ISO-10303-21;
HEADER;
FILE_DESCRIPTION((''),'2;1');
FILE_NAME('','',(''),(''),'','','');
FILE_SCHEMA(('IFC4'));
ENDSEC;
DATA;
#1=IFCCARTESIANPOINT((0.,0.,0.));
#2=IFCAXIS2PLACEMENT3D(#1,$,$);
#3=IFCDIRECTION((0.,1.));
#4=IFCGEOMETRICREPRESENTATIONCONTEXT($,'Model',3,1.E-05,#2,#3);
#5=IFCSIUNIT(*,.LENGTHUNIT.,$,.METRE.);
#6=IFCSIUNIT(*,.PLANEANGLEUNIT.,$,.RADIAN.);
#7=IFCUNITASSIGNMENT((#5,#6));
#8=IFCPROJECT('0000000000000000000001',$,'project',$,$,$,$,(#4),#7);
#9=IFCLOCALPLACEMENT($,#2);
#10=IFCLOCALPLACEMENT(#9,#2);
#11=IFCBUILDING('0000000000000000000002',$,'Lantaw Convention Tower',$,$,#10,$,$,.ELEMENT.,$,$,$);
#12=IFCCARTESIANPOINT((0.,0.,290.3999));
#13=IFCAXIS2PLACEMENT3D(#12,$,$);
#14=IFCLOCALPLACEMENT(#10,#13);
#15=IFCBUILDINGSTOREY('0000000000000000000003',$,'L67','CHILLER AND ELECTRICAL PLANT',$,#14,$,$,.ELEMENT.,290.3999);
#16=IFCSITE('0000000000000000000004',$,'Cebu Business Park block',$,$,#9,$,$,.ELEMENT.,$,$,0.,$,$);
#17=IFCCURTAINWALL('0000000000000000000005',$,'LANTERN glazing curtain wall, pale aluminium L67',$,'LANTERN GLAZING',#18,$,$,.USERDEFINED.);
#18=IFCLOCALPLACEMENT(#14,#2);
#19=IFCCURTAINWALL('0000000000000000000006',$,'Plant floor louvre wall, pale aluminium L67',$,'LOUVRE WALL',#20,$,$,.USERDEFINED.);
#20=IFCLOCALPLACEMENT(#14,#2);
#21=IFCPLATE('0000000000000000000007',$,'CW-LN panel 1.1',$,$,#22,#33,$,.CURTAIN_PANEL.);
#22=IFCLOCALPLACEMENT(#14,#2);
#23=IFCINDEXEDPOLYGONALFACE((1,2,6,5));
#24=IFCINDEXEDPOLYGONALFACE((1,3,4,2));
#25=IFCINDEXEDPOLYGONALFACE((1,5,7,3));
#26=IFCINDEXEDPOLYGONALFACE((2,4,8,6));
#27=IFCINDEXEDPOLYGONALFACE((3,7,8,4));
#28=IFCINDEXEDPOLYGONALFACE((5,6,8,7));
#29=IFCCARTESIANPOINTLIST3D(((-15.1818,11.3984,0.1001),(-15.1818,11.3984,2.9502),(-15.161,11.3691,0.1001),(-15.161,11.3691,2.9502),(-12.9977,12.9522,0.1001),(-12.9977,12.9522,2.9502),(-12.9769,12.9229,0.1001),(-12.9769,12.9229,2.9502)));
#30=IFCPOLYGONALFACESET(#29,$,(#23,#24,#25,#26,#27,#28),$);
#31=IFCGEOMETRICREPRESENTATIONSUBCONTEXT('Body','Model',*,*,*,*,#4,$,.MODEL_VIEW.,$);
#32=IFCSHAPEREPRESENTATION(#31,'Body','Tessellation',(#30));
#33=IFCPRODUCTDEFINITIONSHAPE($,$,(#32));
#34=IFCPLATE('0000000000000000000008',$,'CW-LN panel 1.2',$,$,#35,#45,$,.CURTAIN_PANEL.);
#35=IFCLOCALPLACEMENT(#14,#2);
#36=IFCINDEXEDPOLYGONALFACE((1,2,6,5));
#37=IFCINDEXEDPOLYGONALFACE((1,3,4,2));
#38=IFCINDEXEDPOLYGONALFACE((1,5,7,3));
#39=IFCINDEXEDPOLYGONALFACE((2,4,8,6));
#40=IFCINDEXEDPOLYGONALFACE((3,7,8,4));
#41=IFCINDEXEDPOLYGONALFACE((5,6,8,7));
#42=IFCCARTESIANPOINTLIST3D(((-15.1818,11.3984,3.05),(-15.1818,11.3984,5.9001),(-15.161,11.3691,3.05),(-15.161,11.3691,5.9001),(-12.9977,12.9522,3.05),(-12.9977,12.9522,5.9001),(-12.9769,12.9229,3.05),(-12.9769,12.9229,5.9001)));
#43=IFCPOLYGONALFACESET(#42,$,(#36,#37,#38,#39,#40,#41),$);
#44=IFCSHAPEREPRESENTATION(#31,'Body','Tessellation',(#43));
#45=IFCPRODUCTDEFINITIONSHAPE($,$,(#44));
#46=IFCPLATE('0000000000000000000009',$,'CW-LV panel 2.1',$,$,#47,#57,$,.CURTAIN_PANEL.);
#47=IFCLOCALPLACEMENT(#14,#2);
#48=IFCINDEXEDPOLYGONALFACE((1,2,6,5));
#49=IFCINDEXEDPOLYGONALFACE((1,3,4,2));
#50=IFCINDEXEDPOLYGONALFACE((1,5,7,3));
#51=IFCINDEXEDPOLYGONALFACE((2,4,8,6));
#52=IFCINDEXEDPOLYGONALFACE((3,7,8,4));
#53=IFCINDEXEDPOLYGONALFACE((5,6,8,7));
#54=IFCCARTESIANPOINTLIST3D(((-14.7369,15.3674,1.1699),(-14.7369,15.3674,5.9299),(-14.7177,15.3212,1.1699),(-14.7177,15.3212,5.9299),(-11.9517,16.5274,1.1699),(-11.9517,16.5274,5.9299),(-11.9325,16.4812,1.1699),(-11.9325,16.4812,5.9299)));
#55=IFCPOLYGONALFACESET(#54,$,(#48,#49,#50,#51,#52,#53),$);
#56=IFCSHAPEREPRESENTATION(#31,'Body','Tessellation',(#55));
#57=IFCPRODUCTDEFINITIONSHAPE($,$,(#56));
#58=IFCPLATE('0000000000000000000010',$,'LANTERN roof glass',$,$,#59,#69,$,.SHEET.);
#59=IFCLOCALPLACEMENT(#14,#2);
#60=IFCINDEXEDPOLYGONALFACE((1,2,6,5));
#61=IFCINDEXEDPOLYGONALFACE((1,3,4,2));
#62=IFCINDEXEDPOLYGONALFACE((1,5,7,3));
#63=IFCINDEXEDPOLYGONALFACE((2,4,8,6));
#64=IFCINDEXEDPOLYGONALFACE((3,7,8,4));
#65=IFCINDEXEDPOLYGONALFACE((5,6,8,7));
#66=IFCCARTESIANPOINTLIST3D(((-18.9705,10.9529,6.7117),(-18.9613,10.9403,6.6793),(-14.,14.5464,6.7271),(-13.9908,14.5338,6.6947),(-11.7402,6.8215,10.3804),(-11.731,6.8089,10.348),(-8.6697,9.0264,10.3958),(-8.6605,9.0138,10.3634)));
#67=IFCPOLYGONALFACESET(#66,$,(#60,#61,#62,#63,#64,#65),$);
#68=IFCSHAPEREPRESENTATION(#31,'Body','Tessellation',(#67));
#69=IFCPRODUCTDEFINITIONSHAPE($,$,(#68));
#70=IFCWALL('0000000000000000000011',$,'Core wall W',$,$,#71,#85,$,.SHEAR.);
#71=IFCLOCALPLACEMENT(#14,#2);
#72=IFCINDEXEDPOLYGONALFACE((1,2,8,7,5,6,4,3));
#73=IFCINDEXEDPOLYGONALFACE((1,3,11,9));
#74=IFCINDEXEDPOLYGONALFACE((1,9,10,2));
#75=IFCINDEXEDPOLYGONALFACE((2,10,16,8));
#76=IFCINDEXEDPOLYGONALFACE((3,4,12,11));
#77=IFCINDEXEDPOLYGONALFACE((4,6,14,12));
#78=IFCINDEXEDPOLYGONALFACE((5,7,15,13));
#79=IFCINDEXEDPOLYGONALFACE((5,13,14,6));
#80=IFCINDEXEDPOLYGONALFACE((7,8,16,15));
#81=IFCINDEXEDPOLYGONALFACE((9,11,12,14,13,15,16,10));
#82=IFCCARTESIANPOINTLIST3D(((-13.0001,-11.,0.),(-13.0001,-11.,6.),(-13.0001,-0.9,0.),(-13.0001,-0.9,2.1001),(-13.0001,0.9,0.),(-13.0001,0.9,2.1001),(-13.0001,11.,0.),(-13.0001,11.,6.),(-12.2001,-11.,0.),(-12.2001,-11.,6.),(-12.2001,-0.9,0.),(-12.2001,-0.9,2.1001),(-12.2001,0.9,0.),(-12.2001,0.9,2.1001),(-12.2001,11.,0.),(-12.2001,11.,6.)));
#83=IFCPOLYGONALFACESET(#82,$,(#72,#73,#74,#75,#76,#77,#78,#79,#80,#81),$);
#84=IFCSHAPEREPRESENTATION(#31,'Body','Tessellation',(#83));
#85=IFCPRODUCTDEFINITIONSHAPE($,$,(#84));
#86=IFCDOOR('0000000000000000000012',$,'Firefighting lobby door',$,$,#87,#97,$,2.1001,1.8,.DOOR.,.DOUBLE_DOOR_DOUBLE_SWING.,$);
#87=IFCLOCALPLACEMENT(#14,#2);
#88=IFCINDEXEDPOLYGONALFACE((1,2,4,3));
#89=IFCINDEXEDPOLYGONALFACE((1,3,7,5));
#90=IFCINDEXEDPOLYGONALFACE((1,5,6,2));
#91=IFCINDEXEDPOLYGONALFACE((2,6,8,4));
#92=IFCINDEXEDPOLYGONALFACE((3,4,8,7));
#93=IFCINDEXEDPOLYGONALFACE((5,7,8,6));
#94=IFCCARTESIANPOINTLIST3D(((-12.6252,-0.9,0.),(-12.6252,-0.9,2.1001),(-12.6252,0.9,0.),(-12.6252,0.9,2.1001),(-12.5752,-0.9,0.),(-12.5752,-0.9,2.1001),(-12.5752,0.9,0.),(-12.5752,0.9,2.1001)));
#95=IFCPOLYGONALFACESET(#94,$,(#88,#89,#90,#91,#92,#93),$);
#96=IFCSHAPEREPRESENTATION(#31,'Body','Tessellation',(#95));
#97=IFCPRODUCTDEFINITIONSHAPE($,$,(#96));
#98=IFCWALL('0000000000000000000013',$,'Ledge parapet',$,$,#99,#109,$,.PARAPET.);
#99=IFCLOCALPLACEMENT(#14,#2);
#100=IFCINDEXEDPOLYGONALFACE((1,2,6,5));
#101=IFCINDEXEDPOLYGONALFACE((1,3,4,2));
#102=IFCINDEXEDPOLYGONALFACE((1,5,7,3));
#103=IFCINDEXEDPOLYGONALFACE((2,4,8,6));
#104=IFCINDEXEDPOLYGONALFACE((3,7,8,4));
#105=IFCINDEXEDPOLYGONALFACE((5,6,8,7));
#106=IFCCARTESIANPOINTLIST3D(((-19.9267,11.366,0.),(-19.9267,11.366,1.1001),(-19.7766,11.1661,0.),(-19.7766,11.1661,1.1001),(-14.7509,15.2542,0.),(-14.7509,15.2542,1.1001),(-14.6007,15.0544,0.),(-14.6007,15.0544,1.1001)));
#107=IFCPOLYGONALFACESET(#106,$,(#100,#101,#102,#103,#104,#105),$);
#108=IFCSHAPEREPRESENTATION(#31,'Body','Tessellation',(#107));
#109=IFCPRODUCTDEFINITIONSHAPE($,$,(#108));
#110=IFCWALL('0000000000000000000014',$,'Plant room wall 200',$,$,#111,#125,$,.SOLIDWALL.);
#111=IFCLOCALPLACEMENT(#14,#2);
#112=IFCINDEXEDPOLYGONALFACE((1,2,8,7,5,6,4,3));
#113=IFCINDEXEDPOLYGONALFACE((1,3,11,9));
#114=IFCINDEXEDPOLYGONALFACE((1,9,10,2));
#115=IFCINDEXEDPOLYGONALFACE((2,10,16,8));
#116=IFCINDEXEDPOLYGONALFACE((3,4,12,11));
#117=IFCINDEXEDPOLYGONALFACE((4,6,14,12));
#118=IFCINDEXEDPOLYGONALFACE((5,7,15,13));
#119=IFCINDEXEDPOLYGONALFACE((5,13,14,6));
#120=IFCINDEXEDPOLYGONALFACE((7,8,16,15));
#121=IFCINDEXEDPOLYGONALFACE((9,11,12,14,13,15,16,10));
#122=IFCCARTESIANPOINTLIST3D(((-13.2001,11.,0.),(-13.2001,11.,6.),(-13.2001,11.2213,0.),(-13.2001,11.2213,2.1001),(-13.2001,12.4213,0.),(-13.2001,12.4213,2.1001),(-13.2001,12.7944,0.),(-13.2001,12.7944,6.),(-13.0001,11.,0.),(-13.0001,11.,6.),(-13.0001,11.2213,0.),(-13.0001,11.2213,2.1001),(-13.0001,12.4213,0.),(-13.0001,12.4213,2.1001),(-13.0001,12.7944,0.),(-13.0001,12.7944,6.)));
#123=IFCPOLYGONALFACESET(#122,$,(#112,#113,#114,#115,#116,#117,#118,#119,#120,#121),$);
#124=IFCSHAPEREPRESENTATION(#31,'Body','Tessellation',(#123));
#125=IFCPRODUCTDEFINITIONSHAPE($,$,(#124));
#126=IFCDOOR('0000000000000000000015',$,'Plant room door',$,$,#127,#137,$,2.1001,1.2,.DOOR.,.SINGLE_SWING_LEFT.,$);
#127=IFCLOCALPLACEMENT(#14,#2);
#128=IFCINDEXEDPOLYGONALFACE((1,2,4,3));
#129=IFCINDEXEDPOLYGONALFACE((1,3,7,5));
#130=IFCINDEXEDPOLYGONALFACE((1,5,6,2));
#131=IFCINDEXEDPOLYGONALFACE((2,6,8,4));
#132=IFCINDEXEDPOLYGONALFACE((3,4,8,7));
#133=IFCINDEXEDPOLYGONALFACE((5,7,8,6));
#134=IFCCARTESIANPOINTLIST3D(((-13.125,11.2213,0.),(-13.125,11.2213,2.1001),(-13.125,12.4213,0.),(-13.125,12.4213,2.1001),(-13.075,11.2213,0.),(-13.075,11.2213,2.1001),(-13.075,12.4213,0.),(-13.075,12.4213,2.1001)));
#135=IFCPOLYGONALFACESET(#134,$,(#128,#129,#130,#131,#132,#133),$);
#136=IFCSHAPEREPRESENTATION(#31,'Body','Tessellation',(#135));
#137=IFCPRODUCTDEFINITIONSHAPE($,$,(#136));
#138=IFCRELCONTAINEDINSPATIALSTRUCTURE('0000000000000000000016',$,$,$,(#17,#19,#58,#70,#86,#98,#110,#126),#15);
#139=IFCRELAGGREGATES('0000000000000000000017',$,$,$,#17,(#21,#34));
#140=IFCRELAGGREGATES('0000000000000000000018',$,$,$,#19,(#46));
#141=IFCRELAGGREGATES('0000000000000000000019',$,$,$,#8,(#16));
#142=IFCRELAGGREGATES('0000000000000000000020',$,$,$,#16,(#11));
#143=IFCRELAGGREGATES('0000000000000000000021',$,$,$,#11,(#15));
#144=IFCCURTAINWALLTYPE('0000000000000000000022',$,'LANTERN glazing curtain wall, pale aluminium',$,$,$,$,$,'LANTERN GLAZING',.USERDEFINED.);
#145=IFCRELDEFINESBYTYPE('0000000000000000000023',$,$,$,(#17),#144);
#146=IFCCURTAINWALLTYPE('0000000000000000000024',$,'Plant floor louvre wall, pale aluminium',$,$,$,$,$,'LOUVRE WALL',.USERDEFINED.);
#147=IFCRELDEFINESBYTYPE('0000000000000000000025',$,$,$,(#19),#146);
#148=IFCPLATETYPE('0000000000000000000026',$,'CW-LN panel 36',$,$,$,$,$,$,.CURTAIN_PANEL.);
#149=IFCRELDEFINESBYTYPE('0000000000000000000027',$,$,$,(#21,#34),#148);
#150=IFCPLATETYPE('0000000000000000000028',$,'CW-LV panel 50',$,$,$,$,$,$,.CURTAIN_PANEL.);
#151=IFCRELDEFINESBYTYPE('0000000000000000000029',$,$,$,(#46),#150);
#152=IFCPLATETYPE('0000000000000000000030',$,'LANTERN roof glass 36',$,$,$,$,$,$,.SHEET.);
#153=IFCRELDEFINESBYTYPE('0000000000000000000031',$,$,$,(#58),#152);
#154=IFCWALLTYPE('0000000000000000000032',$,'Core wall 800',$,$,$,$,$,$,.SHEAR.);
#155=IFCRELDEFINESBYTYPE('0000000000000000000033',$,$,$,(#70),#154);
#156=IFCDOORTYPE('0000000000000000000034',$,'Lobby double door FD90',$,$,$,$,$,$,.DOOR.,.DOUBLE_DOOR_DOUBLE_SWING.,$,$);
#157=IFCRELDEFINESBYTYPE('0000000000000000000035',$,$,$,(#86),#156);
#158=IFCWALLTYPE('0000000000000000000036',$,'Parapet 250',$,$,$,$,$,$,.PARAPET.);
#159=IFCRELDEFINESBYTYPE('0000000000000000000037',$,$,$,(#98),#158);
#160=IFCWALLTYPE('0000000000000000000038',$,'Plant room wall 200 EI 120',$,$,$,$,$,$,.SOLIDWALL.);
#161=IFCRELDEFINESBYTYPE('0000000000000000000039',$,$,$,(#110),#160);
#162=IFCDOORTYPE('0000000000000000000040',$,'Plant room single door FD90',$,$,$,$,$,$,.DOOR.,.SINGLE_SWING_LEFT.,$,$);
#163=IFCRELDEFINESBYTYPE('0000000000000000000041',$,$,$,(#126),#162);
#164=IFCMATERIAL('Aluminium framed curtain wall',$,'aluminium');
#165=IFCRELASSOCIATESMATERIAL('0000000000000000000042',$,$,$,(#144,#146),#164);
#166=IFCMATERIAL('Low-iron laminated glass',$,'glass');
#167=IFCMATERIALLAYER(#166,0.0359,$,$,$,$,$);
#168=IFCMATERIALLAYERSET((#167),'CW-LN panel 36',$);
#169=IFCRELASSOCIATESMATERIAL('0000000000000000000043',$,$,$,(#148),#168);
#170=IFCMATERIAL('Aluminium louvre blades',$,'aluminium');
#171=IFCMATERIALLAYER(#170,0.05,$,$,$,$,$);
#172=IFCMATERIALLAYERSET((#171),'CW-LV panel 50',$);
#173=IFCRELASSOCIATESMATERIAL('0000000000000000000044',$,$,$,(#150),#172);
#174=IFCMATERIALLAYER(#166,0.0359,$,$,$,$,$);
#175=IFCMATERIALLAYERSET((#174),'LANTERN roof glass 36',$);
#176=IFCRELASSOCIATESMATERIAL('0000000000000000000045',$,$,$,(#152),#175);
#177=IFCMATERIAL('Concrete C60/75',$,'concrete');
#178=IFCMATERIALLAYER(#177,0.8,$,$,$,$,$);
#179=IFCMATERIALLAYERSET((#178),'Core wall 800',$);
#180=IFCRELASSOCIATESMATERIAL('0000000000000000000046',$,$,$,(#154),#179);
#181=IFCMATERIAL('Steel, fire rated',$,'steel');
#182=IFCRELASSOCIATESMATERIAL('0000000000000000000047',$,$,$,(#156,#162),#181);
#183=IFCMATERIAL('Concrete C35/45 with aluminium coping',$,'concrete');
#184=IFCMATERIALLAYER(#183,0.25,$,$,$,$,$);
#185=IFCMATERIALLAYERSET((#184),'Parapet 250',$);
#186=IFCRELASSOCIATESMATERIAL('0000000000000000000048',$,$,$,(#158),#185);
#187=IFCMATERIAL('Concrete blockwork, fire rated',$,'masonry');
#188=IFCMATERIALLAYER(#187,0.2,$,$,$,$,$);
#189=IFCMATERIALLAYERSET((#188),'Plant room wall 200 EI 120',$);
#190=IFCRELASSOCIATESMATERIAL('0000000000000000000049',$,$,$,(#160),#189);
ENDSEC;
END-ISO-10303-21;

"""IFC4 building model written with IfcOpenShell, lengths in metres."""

from ifc_helpers import new_model, si_unit, direction, frame, frame_2d, origin, origin_2d, place, context, subcontext, project, spatial, polyline, rectangle, outline, extrude, material, layer, layer_set, type_object, element, fill, aggregate, save


model = new_model("IFC4")

# Units and contexts
model_context = context("Model", 3, precision=1e-05, world=origin(), true_north=direction((0.0, 1.0)))
body_context = subcontext(model_context, "Body", "Model", "MODEL_VIEW")
ifc_project = project(units=[si_unit("LENGTHUNIT", "METRE"), si_unit("PLANEANGLEUNIT", "RADIAN")], contexts=[model_context])

# Site, building, storey
site_placement = place(None, origin())
site = spatial("IfcSite", under=ifc_project, at=site_placement, Name="Cebu Business Park block", CompositionType="ELEMENT", RefElevation=0.0)
building_placement = place(site_placement, origin())
building = spatial("IfcBuilding", under=site, at=building_placement, Name="Lantaw Convention Tower", CompositionType="ELEMENT")
storey_placement = place(building_placement, frame((0.0, 0.0, 290.3999)))
storey = spatial("IfcBuildingStorey", under=building, at=storey_placement, Name="L67", Description="CHILLER AND ELECTRICAL PLANT", CompositionType="ELEMENT", Elevation=290.3999)

# Shared definitions
ifc_material_1 = material(Name="Concrete C60/75", Category="concrete")

# Shared definitions
ifc_material_2 = material(Name="Aluminium framed curtain wall", Category="aluminium")
curtain_wall_type_1 = type_object("IfcCurtainWallType", Name="LANTERN glazing curtain wall, pale aluminium", ElementType="LANTERN GLAZING", PredefinedType="USERDEFINED", material=ifc_material_2)

# Curtain wall
curtain_wall_1_placement = place(storey_placement, origin())
curtain_wall_1 = element("IfcCurtainWall", 1, at=curtain_wall_1_placement, inside=storey, type_object=curtain_wall_type_1, Name="LANTERN glazing curtain wall, pale aluminium L67", ObjectType="LANTERN GLAZING", PredefinedType="USERDEFINED")

# Curtain wall
curtain_wall_type_2 = type_object("IfcCurtainWallType", Name="Plant floor louvre wall, pale aluminium", ElementType="LOUVRE WALL", PredefinedType="USERDEFINED", material=ifc_material_2)
curtain_wall_2_placement = place(storey_placement, origin())
curtain_wall_2 = element("IfcCurtainWall", 2, at=curtain_wall_2_placement, inside=storey, type_object=curtain_wall_type_2, Name="Plant floor louvre wall, pale aluminium L67", ObjectType="LOUVRE WALL", PredefinedType="USERDEFINED")

# Plates
ifc_material_3 = material(Name="Low-iron laminated glass", Category="glass")
ifc_layer_1 = layer(ifc_material_3, 0.0359)
ifc_layer_set_1 = layer_set([ifc_layer_1], Name="CW-LN panel 36")
plate_type_1 = type_object("IfcPlateType", Name="CW-LN panel 36", PredefinedType="CURTAIN_PANEL", material=ifc_layer_set_1)
plate_1_placement = place(storey_placement, frame((-14.0793, 12.1606, 0.1001), z_axis=(0.0, 0.0, 1.0), x_axis=(-0.814841, -0.579684, 0.0)))
plate_1 = element("IfcPlate", 3, at=plate_1_placement, type_object=plate_type_1, Name="CW-LN panel 1.1", PredefinedType="CURTAIN_PANEL", context=body_context, shape_type="SweptSolid", body=[
    extrude(rectangle(XDim=2.6804, YDim=0.0359, at=origin_2d()), origin(), (0.0, 0.0, 1.0), 2.8501),
])
plate_2_placement = place(storey_placement, frame((-14.0793, 12.1606, 3.05), z_axis=(0.0, 0.0, 1.0), x_axis=(-0.814841, -0.579684, 0.0)))
plate_2 = element("IfcPlate", 4, at=plate_2_placement, type_object=plate_type_1, Name="CW-LN panel 1.2", PredefinedType="CURTAIN_PANEL", context=body_context, shape_type="SweptSolid", body=[
    extrude(rectangle(XDim=2.6804, YDim=0.0359, at=origin_2d()), origin(), (0.0, 0.0, 1.0), 2.8501),
])
aggregate(curtain_wall_1, [plate_1, plate_2])
ifc_material_4 = material(Name="Aluminium louvre blades", Category="aluminium")
ifc_layer_2 = layer(ifc_material_4, 0.05)
ifc_layer_set_2 = layer_set([ifc_layer_2], Name="CW-LV panel 50")
plate_type_2 = type_object("IfcPlateType", Name="CW-LV panel 50", PredefinedType="CURTAIN_PANEL", material=ifc_layer_set_2)
plate_3_placement = place(storey_placement, frame((-13.3347, 15.9243, 1.1699), z_axis=(0.0, 0.0, 1.0), x_axis=(-0.923142, -0.38446, 0.0)))
plate_3 = element("IfcPlate", 5, at=plate_3_placement, type_object=plate_type_2, Name="CW-LV panel 2.1", PredefinedType="CURTAIN_PANEL", context=body_context, shape_type="SweptSolid", body=[
    extrude(rectangle(XDim=3.0171, YDim=0.05, at=origin_2d()), origin(), (0.0, 0.0, 1.0), 4.76),
])
aggregate(curtain_wall_2, [plate_3])
ifc_layer_3 = layer(ifc_material_3, 0.0359)
ifc_layer_set_3 = layer_set([ifc_layer_3], Name="LANTERN roof glass 36")
plate_type_3 = type_object("IfcPlateType", Name="LANTERN roof glass 36", PredefinedType="SHEET", material=ifc_layer_set_3)
plate_4_placement = place(storey_placement, frame((-14.0, 14.5464, 6.7271), z_axis=(-0.256476, 0.350897, 0.900606), x_axis=(-0.810388, -0.585888, -0.002508)))
element("IfcPlate", 6, at=plate_4_placement, inside=storey, type_object=plate_type_3, Name="LANTERN roof glass", PredefinedType="SHEET", context=body_context, shape_type="SweptSolid", body=[
    extrude(outline(polyline([(0.0, 0.0), (6.1334, 0.0), (2.6855, 8.4211), (-1.0947, 8.4347), (0.0, 0.0)])), origin(), (0.0, 0.0, -1.0), 0.0359),
])

# Wall, opening, door
ifc_layer_4 = layer(ifc_material_1, 0.8)
ifc_layer_set_4 = layer_set([ifc_layer_4], Name="Core wall 800")
wall_type_1 = type_object("IfcWallType", Name="Core wall 800", PredefinedType="SHEAR", material=ifc_layer_set_4)
wall_1_placement = place(storey_placement, frame((-12.6001, 11.0, 0.0), z_axis=(0.0, 0.0, 1.0), x_axis=(0.0, -1.0, 0.0)))
wall_1 = element("IfcWall", 7, at=wall_1_placement, inside=storey, type_object=wall_type_1, Name="Core wall W", PredefinedType="SHEAR", context=body_context, shape_type="SweptSolid", body=[
    extrude(rectangle(XDim=22.0, YDim=0.8, at=frame_2d((11.0, 0.0))), origin(), (0.0, 0.0, 1.0), 6.0),
])
opening_1_placement = place(wall_1_placement, frame((10.1001, 0.0, 0.0)))
opening_1 = element("IfcOpeningElement", 8, at=opening_1_placement, cuts=wall_1, PredefinedType="OPENING", context=body_context, shape_type="SweptSolid", body=[
    extrude(rectangle(XDim=1.8, YDim=2.1001, at=frame_2d((0.8999, 1.05))), frame((0.0, 0.4099, 0.0), z_axis=(0.0, -1.0, 0.0), x_axis=(1.0, 0.0, 0.0)), (0.0, 0.0, 1.0), 0.8201),
])
ifc_material_5 = material(Name="Steel, fire rated", Category="steel")
door_type_1 = type_object("IfcDoorType", Name="Lobby double door FD90", OperationType="DOUBLE_DOOR_DOUBLE_SWING", PredefinedType="DOOR", material=ifc_material_5)
door_1_placement = place(opening_1_placement, origin())
door_1 = element("IfcDoor", 9, at=door_1_placement, inside=storey, type_object=door_type_1, Name="Firefighting lobby door", OperationType="DOUBLE_DOOR_DOUBLE_SWING", OverallHeight=2.1001, OverallWidth=1.8, PredefinedType="DOOR", context=body_context, shape_type="SweptSolid", body=[
    extrude(rectangle(XDim=1.8, YDim=2.1001, at=frame_2d((0.8999, 1.05))), frame((0.0, 0.0249, 0.0), z_axis=(0.0, -1.0, 0.0), x_axis=(1.0, 0.0, 0.0)), (0.0, 0.0, 1.0), 0.05),
])
fill(opening_1, door_1)

# Wall
ifc_material_6 = material(Name="Concrete C35/45 with aluminium coping", Category="concrete")
ifc_layer_5 = layer(ifc_material_6, 0.25)
ifc_layer_set_5 = layer_set([ifc_layer_5], Name="Parapet 250")
wall_type_2 = type_object("IfcWallType", Name="Parapet 250", PredefinedType="PARAPET", material=ifc_layer_set_5)
wall_2_placement = place(storey_placement, frame((-14.6758, 15.1543, 0.0), z_axis=(0.0, 0.0, 1.0), x_axis=(-0.799529, -0.600627, 0.0)))
element("IfcWall", 10, at=wall_2_placement, inside=storey, type_object=wall_type_2, Name="Ledge parapet", PredefinedType="PARAPET", context=body_context, shape_type="SweptSolid", body=[
    extrude(rectangle(XDim=6.4736, YDim=0.25, at=frame_2d((3.2368, 0.0))), origin(), (0.0, 0.0, 1.0), 1.1001),
])

# Wall, opening, door
ifc_material_7 = material(Name="Concrete blockwork, fire rated", Category="masonry")
ifc_layer_6 = layer(ifc_material_7, 0.2)
ifc_layer_set_6 = layer_set([ifc_layer_6], Name="Plant room wall 200 EI 120")
wall_type_3 = type_object("IfcWallType", Name="Plant room wall 200 EI 120", PredefinedType="SOLIDWALL", material=ifc_layer_set_6)
wall_3_placement = place(storey_placement, frame((-13.1001, 11.0, 0.0), z_axis=(0.0, 0.0, 1.0), x_axis=(0.0, 1.0, 0.0)))
wall_3 = element("IfcWall", 11, at=wall_3_placement, inside=storey, type_object=wall_type_3, Name="Plant room wall 200", PredefinedType="SOLIDWALL", context=body_context, shape_type="SweptSolid", body=[
    extrude(rectangle(XDim=1.7944, YDim=0.2, at=frame_2d((0.8972, 0.0))), origin(), (0.0, 0.0, 1.0), 6.0),
])
opening_2_placement = place(wall_3_placement, frame((0.2212, 0.0, 0.0)))
opening_2 = element("IfcOpeningElement", 12, at=opening_2_placement, cuts=wall_3, PredefinedType="OPENING", context=body_context, shape_type="SweptSolid", body=[
    extrude(rectangle(XDim=1.2, YDim=2.1001, at=frame_2d((0.6001, 1.05))), frame((0.0, 0.1099, 0.0), z_axis=(0.0, -1.0, 0.0), x_axis=(1.0, 0.0, 0.0)), (0.0, 0.0, 1.0), 0.22),
])
door_type_2 = type_object("IfcDoorType", Name="Plant room single door FD90", OperationType="SINGLE_SWING_LEFT", PredefinedType="DOOR", material=ifc_material_5)
door_2_placement = place(opening_2_placement, origin())
door_2 = element("IfcDoor", 13, at=door_2_placement, inside=storey, type_object=door_type_2, Name="Plant room door", OperationType="SINGLE_SWING_LEFT", OverallHeight=2.1001, OverallWidth=1.2, PredefinedType="DOOR", context=body_context, shape_type="SweptSolid", body=[
    extrude(rectangle(XDim=1.2, YDim=2.1001, at=frame_2d((0.6001, 1.05))), frame((0.0, 0.0249, 0.0), z_axis=(0.0, -1.0, 0.0), x_axis=(1.0, 0.0, 0.0)), (0.0, 0.0, 1.0), 0.05),
])
fill(opening_2, door_2)

save(model, "model.ifc")
